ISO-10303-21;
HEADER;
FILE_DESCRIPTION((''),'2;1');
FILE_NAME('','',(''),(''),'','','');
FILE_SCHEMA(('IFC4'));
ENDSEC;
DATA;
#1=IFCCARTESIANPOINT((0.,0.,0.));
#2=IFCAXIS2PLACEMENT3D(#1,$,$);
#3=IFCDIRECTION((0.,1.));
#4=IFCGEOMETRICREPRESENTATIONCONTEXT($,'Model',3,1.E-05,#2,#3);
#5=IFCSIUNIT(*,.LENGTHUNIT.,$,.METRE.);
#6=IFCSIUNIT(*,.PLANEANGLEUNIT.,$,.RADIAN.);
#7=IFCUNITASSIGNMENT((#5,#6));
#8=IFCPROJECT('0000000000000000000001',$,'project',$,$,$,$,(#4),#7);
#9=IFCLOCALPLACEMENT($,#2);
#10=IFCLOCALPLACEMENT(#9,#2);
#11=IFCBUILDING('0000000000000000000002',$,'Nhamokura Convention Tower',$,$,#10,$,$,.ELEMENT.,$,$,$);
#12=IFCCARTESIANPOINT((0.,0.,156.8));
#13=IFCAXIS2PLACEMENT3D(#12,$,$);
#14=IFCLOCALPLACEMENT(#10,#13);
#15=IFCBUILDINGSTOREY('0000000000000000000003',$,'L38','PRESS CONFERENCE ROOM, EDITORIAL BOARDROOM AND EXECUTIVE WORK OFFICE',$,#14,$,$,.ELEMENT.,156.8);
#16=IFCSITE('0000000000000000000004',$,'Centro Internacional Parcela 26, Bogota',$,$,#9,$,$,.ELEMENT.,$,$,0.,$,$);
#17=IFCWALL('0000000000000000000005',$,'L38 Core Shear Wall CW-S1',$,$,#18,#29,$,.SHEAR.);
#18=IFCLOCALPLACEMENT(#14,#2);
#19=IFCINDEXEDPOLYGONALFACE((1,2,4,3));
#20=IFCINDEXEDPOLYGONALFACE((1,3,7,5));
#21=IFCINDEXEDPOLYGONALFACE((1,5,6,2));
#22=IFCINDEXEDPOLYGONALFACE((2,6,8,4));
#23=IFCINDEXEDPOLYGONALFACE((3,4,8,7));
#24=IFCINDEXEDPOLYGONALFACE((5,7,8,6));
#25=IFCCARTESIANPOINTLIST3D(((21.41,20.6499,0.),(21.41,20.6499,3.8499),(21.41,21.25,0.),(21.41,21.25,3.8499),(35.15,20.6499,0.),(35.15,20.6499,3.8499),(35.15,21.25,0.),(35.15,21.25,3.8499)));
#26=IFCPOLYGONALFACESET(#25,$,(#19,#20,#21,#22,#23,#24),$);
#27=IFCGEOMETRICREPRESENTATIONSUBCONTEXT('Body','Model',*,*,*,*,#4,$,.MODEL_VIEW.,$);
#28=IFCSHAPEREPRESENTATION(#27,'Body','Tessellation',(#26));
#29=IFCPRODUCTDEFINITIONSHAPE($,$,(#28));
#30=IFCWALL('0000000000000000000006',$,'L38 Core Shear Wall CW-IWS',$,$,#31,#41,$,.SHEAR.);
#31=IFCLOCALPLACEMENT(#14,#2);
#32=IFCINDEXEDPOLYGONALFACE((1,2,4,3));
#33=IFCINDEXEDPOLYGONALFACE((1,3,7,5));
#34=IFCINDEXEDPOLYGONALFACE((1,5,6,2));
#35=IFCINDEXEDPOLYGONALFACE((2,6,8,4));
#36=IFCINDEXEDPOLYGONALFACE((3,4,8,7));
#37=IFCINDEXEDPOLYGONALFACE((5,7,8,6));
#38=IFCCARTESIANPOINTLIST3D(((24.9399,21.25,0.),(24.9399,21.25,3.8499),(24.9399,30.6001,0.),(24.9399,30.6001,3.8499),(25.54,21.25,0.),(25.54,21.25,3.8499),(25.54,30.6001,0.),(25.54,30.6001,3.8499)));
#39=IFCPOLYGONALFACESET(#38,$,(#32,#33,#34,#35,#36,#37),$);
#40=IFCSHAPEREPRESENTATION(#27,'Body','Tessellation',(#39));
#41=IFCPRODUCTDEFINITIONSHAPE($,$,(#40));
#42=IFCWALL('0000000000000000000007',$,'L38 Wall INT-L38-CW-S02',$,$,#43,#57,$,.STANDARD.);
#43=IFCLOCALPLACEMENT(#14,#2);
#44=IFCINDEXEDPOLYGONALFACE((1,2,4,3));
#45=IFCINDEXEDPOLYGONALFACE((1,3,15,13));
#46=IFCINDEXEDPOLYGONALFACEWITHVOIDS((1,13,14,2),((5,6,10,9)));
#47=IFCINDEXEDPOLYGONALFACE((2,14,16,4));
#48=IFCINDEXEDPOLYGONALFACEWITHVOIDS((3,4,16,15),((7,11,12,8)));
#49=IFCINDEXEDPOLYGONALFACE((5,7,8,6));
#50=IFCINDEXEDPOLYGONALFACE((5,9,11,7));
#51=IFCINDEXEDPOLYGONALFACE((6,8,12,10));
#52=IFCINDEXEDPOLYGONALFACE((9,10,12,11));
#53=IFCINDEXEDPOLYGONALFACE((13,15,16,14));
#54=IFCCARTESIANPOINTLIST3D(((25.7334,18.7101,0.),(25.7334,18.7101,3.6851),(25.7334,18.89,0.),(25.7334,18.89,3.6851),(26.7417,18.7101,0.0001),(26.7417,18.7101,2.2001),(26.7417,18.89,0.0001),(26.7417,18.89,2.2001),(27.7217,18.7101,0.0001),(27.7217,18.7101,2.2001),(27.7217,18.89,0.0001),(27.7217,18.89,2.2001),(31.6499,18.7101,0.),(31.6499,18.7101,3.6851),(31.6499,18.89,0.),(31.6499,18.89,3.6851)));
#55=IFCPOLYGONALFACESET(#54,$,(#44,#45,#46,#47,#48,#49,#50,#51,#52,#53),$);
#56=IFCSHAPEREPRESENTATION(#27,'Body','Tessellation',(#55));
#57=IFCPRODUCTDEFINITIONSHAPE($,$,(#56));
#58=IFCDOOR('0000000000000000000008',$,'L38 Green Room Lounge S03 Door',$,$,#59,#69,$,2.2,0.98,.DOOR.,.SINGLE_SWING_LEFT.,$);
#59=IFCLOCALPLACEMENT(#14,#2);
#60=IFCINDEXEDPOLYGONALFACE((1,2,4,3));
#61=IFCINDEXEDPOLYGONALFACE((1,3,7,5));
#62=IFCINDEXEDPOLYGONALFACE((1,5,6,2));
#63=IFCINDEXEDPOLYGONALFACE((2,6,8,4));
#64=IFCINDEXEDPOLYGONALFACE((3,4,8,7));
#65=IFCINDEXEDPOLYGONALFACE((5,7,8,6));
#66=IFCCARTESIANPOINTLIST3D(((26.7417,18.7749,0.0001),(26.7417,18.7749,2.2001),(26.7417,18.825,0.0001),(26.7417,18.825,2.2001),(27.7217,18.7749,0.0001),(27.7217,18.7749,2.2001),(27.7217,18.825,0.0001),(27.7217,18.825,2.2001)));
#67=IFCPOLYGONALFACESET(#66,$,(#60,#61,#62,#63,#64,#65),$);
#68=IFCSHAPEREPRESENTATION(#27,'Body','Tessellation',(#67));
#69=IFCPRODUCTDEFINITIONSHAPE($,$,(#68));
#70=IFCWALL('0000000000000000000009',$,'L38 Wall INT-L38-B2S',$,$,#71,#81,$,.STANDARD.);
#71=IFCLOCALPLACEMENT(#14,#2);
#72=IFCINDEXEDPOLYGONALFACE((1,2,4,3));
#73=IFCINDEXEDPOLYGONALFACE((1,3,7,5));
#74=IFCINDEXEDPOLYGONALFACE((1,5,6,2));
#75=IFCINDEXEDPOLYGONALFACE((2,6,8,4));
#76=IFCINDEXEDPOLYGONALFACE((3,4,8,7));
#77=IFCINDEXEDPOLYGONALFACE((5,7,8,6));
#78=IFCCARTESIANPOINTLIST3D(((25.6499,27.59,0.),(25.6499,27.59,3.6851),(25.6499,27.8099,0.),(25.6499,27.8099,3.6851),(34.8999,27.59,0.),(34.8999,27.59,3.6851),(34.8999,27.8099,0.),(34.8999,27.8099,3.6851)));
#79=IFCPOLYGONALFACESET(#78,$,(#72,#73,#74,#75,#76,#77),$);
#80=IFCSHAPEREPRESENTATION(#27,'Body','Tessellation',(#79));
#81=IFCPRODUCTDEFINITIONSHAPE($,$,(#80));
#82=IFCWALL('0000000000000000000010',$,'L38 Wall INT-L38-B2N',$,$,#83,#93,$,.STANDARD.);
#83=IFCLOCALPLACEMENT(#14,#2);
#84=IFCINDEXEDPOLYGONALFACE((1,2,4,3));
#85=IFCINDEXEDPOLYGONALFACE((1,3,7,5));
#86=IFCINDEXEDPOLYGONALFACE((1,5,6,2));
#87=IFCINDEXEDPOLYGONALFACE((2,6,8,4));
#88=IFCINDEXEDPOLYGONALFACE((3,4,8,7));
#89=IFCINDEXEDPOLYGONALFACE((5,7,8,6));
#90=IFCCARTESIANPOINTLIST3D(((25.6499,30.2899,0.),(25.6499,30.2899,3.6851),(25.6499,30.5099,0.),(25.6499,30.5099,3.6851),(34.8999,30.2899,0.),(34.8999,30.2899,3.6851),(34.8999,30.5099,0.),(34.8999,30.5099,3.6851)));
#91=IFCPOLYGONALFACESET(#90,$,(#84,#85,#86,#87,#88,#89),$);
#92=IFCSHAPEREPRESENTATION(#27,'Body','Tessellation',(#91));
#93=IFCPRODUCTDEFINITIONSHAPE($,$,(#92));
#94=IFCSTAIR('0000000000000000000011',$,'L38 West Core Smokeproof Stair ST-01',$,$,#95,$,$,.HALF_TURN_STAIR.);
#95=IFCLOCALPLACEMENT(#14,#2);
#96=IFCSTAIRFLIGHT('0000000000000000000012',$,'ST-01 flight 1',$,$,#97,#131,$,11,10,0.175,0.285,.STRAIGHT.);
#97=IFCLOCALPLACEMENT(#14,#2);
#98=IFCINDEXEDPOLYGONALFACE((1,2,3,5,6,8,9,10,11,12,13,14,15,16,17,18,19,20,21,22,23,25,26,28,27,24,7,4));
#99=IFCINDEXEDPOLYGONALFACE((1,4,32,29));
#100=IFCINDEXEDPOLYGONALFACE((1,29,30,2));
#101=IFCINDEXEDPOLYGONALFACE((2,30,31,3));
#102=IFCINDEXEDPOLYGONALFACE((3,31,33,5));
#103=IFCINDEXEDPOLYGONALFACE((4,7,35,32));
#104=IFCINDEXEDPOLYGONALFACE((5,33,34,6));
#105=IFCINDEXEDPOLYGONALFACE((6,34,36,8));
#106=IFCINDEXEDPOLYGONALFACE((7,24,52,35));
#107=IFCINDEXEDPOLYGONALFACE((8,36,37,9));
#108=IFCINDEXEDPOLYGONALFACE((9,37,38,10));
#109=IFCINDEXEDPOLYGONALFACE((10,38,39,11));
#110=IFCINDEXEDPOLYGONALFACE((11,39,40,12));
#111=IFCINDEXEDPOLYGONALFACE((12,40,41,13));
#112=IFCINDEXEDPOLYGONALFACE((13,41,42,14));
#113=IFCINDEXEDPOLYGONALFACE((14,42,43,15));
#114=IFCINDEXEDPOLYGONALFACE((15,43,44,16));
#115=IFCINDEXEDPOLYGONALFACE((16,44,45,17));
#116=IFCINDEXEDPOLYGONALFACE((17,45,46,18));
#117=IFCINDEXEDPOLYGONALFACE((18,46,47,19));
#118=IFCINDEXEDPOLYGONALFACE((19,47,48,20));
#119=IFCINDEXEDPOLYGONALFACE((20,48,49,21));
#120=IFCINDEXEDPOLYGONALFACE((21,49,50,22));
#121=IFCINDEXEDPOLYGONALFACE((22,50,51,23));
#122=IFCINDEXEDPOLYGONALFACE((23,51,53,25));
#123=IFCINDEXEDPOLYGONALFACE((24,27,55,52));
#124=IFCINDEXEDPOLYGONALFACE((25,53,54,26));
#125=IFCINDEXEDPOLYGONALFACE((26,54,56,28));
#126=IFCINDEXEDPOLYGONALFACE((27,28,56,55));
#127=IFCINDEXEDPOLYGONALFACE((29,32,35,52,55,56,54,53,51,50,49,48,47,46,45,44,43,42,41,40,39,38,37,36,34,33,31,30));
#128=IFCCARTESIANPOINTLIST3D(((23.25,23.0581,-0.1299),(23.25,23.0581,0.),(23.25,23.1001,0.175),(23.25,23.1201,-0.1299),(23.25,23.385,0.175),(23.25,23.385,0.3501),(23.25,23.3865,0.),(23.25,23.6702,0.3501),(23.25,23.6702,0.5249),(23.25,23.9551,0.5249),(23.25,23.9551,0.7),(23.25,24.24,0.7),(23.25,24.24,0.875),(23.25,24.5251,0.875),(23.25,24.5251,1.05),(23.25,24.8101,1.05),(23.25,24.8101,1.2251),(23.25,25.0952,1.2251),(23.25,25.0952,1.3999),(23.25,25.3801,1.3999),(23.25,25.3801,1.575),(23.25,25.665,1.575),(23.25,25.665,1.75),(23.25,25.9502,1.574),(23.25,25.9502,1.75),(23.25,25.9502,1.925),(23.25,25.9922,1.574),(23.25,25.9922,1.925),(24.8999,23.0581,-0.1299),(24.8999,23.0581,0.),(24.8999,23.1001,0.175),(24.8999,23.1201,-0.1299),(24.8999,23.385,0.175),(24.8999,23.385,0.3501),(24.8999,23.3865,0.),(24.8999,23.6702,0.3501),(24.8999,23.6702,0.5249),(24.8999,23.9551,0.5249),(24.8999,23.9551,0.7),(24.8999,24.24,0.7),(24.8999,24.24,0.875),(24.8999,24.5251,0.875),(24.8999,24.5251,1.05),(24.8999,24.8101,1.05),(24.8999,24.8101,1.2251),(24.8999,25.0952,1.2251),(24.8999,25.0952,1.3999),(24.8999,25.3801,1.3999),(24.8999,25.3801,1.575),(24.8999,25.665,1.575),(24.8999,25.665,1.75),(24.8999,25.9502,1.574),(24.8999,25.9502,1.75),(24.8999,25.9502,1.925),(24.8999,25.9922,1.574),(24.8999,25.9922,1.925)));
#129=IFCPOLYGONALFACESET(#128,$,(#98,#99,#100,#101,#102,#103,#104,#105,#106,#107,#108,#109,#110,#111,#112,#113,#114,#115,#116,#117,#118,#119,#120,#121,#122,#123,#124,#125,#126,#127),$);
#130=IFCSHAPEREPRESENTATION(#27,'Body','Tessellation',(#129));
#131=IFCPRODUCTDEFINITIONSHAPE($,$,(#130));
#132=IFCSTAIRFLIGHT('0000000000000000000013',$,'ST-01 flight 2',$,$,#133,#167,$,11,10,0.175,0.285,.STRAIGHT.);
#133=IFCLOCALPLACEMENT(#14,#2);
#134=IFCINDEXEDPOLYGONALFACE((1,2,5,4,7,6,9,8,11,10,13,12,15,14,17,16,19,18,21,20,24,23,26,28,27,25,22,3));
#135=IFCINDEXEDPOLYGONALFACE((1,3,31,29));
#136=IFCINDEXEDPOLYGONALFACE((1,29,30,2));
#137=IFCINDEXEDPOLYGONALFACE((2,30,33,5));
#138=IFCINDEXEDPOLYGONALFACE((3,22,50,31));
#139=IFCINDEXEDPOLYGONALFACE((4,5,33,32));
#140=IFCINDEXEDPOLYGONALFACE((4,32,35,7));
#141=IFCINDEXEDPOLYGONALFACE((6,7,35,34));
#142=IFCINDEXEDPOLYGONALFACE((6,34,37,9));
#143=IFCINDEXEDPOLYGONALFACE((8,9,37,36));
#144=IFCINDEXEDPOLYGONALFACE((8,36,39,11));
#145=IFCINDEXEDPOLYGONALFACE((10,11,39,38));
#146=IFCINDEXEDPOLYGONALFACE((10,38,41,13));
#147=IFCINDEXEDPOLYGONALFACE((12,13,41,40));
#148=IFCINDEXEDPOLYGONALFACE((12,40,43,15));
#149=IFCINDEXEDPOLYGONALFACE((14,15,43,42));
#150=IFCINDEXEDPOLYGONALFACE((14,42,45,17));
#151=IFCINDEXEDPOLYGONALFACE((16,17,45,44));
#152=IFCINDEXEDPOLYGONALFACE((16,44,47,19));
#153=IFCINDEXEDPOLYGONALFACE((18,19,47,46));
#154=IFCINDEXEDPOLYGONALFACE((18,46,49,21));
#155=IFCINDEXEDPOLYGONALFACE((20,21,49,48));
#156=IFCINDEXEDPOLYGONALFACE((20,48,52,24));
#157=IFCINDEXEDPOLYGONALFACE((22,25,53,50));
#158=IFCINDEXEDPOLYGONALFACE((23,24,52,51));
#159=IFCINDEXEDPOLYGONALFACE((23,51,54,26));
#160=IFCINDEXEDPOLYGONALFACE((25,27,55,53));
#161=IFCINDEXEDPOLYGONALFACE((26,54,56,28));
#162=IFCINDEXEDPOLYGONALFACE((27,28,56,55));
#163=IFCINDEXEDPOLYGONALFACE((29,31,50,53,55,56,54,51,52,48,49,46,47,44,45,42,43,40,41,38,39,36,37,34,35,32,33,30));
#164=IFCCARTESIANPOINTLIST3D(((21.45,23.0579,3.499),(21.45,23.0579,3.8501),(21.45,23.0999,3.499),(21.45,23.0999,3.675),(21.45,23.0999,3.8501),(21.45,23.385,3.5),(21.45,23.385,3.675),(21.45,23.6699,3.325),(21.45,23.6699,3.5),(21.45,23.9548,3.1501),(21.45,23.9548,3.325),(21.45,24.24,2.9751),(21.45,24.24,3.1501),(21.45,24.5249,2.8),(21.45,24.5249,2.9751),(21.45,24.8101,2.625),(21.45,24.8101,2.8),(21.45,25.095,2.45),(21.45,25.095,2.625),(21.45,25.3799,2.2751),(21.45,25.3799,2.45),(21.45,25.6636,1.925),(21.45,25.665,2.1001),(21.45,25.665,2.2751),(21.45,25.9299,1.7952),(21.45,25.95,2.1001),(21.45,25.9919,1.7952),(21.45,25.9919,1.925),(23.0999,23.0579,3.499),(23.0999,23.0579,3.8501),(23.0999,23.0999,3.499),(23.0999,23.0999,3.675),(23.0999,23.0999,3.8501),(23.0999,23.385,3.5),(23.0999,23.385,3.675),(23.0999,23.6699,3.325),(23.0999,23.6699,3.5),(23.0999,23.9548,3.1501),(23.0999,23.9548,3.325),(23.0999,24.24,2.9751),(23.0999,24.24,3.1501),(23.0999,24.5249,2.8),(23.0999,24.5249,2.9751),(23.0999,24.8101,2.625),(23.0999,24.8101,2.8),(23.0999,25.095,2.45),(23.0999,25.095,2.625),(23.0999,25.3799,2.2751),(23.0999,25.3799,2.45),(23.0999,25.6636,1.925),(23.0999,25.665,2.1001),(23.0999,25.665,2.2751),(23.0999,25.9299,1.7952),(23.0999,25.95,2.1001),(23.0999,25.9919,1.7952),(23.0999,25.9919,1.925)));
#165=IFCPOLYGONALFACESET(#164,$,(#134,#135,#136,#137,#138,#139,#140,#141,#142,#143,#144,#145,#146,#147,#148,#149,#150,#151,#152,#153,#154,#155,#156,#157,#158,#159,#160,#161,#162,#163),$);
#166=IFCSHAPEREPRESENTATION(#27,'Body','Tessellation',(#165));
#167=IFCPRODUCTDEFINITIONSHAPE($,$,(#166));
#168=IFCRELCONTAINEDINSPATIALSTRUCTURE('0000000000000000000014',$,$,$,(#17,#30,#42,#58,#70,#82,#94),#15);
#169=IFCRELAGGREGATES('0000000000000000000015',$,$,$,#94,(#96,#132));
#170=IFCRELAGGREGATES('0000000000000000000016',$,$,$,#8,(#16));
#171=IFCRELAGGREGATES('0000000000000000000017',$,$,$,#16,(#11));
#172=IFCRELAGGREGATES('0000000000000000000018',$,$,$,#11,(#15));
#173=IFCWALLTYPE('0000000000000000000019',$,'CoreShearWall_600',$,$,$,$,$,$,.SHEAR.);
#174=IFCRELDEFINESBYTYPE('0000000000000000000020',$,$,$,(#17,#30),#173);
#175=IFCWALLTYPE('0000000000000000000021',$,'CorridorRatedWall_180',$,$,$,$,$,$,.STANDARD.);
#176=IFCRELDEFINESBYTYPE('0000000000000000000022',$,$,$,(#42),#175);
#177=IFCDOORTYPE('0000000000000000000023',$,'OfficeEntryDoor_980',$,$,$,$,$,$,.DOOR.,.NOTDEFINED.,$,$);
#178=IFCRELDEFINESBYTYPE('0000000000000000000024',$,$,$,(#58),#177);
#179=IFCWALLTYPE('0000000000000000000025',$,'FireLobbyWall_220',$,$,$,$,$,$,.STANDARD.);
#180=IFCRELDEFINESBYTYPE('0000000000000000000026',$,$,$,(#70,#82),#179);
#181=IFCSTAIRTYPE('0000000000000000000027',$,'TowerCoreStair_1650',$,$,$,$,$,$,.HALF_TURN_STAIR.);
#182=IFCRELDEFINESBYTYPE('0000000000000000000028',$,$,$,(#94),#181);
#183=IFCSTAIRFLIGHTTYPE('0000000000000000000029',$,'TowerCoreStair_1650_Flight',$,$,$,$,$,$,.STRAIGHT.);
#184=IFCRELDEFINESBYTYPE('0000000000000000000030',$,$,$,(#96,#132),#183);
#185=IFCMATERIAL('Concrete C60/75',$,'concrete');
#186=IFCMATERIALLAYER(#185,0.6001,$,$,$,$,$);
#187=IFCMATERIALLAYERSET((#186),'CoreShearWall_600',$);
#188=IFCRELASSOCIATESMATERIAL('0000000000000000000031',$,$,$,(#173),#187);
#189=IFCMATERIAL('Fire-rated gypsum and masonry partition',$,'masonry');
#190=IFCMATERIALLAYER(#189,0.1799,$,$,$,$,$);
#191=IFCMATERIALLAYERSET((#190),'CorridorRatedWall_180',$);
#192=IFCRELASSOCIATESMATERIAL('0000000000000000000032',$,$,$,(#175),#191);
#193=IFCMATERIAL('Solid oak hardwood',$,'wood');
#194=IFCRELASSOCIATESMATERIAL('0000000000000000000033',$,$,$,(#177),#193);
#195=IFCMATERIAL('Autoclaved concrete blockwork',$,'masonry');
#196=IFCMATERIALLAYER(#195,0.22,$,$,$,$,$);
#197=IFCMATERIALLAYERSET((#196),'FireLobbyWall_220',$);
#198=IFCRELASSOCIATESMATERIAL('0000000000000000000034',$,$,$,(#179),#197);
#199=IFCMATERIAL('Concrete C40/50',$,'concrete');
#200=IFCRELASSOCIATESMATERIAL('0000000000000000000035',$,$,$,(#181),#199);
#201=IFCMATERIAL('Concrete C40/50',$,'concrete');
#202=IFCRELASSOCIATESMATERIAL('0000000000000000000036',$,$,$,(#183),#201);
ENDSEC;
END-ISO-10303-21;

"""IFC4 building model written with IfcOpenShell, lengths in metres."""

from ifc_helpers import new_model, si_unit, direction, frame, frame_2d, origin, place, context, subcontext, project, spatial, polyline, rectangle, outline, extrude, material, layer, layer_set, type_object, element, fill, aggregate, save


model = new_model("IFC4")

# Units and contexts
model_context = context("Model", 3, precision=1e-05, world=origin(), true_north=direction((0.0, 1.0)))
body_context = subcontext(model_context, "Body", "Model", "MODEL_VIEW")
ifc_project = project(units=[si_unit("LENGTHUNIT", "METRE"), si_unit("PLANEANGLEUNIT", "RADIAN")], contexts=[model_context])

# Site, building, storey
site_placement = place(None, origin())
site = spatial("IfcSite", under=ifc_project, at=site_placement, Name="Centro Internacional Parcela 26, Bogota", CompositionType="ELEMENT", RefElevation=0.0)
building_placement = place(site_placement, origin())
building = spatial("IfcBuilding", under=site, at=building_placement, Name="Nhamokura Convention Tower", CompositionType="ELEMENT")
storey_placement = place(building_placement, frame((0.0, 0.0, 156.8)))
storey = spatial("IfcBuildingStorey", under=building, at=storey_placement, Name="L38", Description="PRESS CONFERENCE ROOM, EDITORIAL BOARDROOM AND EXECUTIVE WORK OFFICE", CompositionType="ELEMENT", Elevation=156.8)

# Shared definitions
ifc_material_1 = material(Name="Concrete C60/75", Category="concrete")
ifc_layer_1 = layer(ifc_material_1, 0.6001)
ifc_layer_set_1 = layer_set([ifc_layer_1], Name="CoreShearWall_600")
wall_type_1 = type_object("IfcWallType", Name="CoreShearWall_600", PredefinedType="SHEAR", material=ifc_layer_set_1)

# Walls
wall_1_placement = place(storey_placement, frame((21.4099, 20.95, 0.0), z_axis=(0.0, 0.0, 1.0), x_axis=(1.0, 0.0, 0.0)))
element("IfcWall", 1, at=wall_1_placement, inside=storey, type_object=wall_type_1, Name="L38 Core Shear Wall CW-S1", PredefinedType="SHEAR", context=body_context, shape_type="SweptSolid", body=[
    extrude(rectangle(XDim=13.74, YDim=0.6001, at=frame_2d((6.8701, 0.0))), origin(), (0.0, 0.0, 1.0), 3.8499),
])
wall_2_placement = place(storey_placement, frame((25.24, 21.25, 0.0), z_axis=(0.0, 0.0, 1.0), x_axis=(0.0, 1.0, 0.0)))
element("IfcWall", 2, at=wall_2_placement, inside=storey, type_object=wall_type_1, Name="L38 Core Shear Wall CW-IWS", PredefinedType="SHEAR", context=body_context, shape_type="SweptSolid", body=[
    extrude(rectangle(XDim=9.3501, YDim=0.6001, at=frame_2d((4.675, 0.0))), origin(), (0.0, 0.0, 1.0), 3.8499),
])

# Wall, opening, door
ifc_material_2 = material(Name="Fire-rated gypsum and masonry partition", Category="masonry")
ifc_layer_2 = layer(ifc_material_2, 0.1799)
ifc_layer_set_2 = layer_set([ifc_layer_2], Name="CorridorRatedWall_180")
wall_type_2 = type_object("IfcWallType", Name="CorridorRatedWall_180", PredefinedType="STANDARD", material=ifc_layer_set_2)
wall_3_placement = place(storey_placement, frame((25.7334, 18.8, 0.0), z_axis=(0.0, 0.0, 1.0), x_axis=(1.0, 0.0, 0.0)))
wall_3 = element("IfcWall", 3, at=wall_3_placement, inside=storey, type_object=wall_type_2, Name="L38 Wall INT-L38-CW-S02", PredefinedType="STANDARD", context=body_context, shape_type="SweptSolid", body=[
    extrude(rectangle(XDim=5.9165, YDim=0.1799, at=frame_2d((2.9583, 0.0))), origin(), (0.0, 0.0, 1.0), 3.6851),
])
opening_1_placement = place(wall_3_placement, frame((1.0083, 0.0, 0.0)))
opening_1 = element("IfcOpeningElement", 4, at=opening_1_placement, cuts=wall_3, PredefinedType="OPENING", context=body_context, shape_type="SweptSolid", body=[
    extrude(rectangle(XDim=0.98, YDim=2.2, at=frame_2d((0.49, 1.1001))), frame((0.0, 0.0999, 0.0), z_axis=(0.0, -1.0, 0.0), x_axis=(1.0, 0.0, 0.0)), (0.0, 0.0, 1.0), 0.2),
])
ifc_material_3 = material(Name="Solid oak hardwood", Category="wood")
door_type_1 = type_object("IfcDoorType", Name="OfficeEntryDoor_980", OperationType="NOTDEFINED", PredefinedType="DOOR", material=ifc_material_3)
door_1_placement = place(opening_1_placement, origin())
door_1 = element("IfcDoor", 5, at=door_1_placement, inside=storey, type_object=door_type_1, Name="L38 Green Room Lounge S03 Door", OperationType="SINGLE_SWING_LEFT", OverallHeight=2.2, OverallWidth=0.98, PredefinedType="DOOR", context=body_context, shape_type="SweptSolid", body=[
    extrude(rectangle(XDim=0.98, YDim=2.2, at=frame_2d((0.49, 1.1001))), frame((0.0, 0.0249, 0.0), z_axis=(0.0, -1.0, 0.0), x_axis=(1.0, 0.0, 0.0)), (0.0, 0.0, 1.0), 0.05),
])
fill(opening_1, door_1)

# Shared definitions
ifc_material_4 = material(Name="Autoclaved concrete blockwork", Category="masonry")
ifc_layer_3 = layer(ifc_material_4, 0.22)
ifc_layer_set_3 = layer_set([ifc_layer_3], Name="FireLobbyWall_220")
wall_type_3 = type_object("IfcWallType", Name="FireLobbyWall_220", PredefinedType="STANDARD", material=ifc_layer_set_3)

# Walls
for number, where, z_axis, x_axis, name in (
    (6, (25.6499, 27.7, 0.0), (0.0, 0.0, 1.0), (1.0, 0.0, 0.0), "L38 Wall INT-L38-B2S"),
    (7, (25.6499, 30.3999, 0.0), (0.0, 0.0, 1.0), (1.0, 0.0, 0.0), "L38 Wall INT-L38-B2N"),
):
    element("IfcWall", number, at=place(storey_placement, frame(where, z_axis=z_axis, x_axis=x_axis)), inside=storey, type_object=wall_type_3, Name=name, PredefinedType="STANDARD", context=body_context, shape_type="SweptSolid", body=[
        extrude(rectangle(XDim=9.25, YDim=0.22, at=frame_2d((4.625, 0.0))), origin(), (0.0, 0.0, 1.0), 3.6851),
    ])

# Stair, stair flights
ifc_material_5 = material(Name="Concrete C40/50", Category="concrete")
stair_type = type_object("IfcStairType", Name="TowerCoreStair_1650", PredefinedType="HALF_TURN_STAIR", material=ifc_material_5)
stair_placement = place(storey_placement, origin())
stair = element("IfcStair", 8, at=stair_placement, inside=storey, type_object=stair_type, Name="L38 West Core Smokeproof Stair ST-01", PredefinedType="HALF_TURN_STAIR")
ifc_material_6 = material(Name="Concrete C40/50", Category="concrete")
stair_flight_type = type_object("IfcStairFlightType", Name="TowerCoreStair_1650_Flight", PredefinedType="STRAIGHT", material=ifc_material_6)
stair_flight_1_placement = place(storey_placement, frame((24.075, 23.1001, 0.0), z_axis=(0.0, 0.0, 1.0), x_axis=(0.0, 1.0, 0.0)))
stair_flight_1 = element("IfcStairFlight", 9, at=stair_flight_1_placement, type_object=stair_flight_type, Name="ST-01 flight 1", NumberOfRisers=11, NumberOfTreads=10, PredefinedType="STRAIGHT", RiserHeight=0.175, TreadLength=0.285, context=body_context, shape_type="SweptSolid", body=[
    extrude(outline(polyline([(-0.042, 0.0), (0.0, 0.175), (0.2849, 0.175), (0.2849, 0.3501), (0.5701, 0.3501), (0.5701, 0.5249), (0.855, 0.5249), (0.855, 0.7), (1.1399, 0.7), (1.1399, 0.875), (1.425, 0.875), (1.425, 1.05), (1.71, 1.05), (1.71, 1.2251), (1.9951, 1.2251), (1.9951, 1.3999), (2.28, 1.3999), (2.28, 1.575), (2.5649, 1.575), (2.5649, 1.75), (2.8501, 1.75), (2.8501, 1.925), (2.8921, 1.925), (2.8921, 1.574), (2.8501, 1.574), (0.2864, 0.0), (0.02, -0.1299), (-0.042, -0.1299), (-0.042, 0.0)])), frame((0.0, 0.825, 0.0), z_axis=(0.0, -1.0, 0.0), x_axis=(1.0, 0.0, 0.0)), (0.0, 0.0, 1.0), 1.6499),
])
stair_flight_2_placement = place(storey_placement, frame((22.2749, 25.95, 1.925), z_axis=(0.0, 0.0, 1.0), x_axis=(0.0, -1.0, 0.0)))
stair_flight_2 = element("IfcStairFlight", 10, at=stair_flight_2_placement, type_object=stair_flight_type, Name="ST-01 flight 2", NumberOfRisers=11, NumberOfTreads=10, PredefinedType="STRAIGHT", RiserHeight=0.175, TreadLength=0.285, context=body_context, shape_type="SweptSolid", body=[
    extrude(outline(polyline([(-0.042, 0.0), (0.0, 0.175), (0.2849, 0.175), (0.2849, 0.3501), (0.5701, 0.3501), (0.5701, 0.5249), (0.855, 0.5249), (0.855, 0.7), (1.1399, 0.7), (1.1399, 0.875), (1.425, 0.875), (1.425, 1.05), (1.71, 1.05), (1.71, 1.2251), (1.9951, 1.2251), (1.9951, 1.3999), (2.28, 1.3999), (2.28, 1.575), (2.5649, 1.575), (2.5649, 1.75), (2.8501, 1.75), (2.8501, 1.925), (2.8921, 1.925), (2.8921, 1.574), (2.8501, 1.574), (0.2864, 0.0), (0.02, -0.1299), (-0.042, -0.1299), (-0.042, 0.0)])), frame((0.0, 0.825, 0.0), z_axis=(0.0, -1.0, 0.0), x_axis=(1.0, 0.0, 0.0)), (0.0, 0.0, 1.0), 1.6499),
])
aggregate(stair, [stair_flight_1, stair_flight_2])

save(model, "model.ifc")
